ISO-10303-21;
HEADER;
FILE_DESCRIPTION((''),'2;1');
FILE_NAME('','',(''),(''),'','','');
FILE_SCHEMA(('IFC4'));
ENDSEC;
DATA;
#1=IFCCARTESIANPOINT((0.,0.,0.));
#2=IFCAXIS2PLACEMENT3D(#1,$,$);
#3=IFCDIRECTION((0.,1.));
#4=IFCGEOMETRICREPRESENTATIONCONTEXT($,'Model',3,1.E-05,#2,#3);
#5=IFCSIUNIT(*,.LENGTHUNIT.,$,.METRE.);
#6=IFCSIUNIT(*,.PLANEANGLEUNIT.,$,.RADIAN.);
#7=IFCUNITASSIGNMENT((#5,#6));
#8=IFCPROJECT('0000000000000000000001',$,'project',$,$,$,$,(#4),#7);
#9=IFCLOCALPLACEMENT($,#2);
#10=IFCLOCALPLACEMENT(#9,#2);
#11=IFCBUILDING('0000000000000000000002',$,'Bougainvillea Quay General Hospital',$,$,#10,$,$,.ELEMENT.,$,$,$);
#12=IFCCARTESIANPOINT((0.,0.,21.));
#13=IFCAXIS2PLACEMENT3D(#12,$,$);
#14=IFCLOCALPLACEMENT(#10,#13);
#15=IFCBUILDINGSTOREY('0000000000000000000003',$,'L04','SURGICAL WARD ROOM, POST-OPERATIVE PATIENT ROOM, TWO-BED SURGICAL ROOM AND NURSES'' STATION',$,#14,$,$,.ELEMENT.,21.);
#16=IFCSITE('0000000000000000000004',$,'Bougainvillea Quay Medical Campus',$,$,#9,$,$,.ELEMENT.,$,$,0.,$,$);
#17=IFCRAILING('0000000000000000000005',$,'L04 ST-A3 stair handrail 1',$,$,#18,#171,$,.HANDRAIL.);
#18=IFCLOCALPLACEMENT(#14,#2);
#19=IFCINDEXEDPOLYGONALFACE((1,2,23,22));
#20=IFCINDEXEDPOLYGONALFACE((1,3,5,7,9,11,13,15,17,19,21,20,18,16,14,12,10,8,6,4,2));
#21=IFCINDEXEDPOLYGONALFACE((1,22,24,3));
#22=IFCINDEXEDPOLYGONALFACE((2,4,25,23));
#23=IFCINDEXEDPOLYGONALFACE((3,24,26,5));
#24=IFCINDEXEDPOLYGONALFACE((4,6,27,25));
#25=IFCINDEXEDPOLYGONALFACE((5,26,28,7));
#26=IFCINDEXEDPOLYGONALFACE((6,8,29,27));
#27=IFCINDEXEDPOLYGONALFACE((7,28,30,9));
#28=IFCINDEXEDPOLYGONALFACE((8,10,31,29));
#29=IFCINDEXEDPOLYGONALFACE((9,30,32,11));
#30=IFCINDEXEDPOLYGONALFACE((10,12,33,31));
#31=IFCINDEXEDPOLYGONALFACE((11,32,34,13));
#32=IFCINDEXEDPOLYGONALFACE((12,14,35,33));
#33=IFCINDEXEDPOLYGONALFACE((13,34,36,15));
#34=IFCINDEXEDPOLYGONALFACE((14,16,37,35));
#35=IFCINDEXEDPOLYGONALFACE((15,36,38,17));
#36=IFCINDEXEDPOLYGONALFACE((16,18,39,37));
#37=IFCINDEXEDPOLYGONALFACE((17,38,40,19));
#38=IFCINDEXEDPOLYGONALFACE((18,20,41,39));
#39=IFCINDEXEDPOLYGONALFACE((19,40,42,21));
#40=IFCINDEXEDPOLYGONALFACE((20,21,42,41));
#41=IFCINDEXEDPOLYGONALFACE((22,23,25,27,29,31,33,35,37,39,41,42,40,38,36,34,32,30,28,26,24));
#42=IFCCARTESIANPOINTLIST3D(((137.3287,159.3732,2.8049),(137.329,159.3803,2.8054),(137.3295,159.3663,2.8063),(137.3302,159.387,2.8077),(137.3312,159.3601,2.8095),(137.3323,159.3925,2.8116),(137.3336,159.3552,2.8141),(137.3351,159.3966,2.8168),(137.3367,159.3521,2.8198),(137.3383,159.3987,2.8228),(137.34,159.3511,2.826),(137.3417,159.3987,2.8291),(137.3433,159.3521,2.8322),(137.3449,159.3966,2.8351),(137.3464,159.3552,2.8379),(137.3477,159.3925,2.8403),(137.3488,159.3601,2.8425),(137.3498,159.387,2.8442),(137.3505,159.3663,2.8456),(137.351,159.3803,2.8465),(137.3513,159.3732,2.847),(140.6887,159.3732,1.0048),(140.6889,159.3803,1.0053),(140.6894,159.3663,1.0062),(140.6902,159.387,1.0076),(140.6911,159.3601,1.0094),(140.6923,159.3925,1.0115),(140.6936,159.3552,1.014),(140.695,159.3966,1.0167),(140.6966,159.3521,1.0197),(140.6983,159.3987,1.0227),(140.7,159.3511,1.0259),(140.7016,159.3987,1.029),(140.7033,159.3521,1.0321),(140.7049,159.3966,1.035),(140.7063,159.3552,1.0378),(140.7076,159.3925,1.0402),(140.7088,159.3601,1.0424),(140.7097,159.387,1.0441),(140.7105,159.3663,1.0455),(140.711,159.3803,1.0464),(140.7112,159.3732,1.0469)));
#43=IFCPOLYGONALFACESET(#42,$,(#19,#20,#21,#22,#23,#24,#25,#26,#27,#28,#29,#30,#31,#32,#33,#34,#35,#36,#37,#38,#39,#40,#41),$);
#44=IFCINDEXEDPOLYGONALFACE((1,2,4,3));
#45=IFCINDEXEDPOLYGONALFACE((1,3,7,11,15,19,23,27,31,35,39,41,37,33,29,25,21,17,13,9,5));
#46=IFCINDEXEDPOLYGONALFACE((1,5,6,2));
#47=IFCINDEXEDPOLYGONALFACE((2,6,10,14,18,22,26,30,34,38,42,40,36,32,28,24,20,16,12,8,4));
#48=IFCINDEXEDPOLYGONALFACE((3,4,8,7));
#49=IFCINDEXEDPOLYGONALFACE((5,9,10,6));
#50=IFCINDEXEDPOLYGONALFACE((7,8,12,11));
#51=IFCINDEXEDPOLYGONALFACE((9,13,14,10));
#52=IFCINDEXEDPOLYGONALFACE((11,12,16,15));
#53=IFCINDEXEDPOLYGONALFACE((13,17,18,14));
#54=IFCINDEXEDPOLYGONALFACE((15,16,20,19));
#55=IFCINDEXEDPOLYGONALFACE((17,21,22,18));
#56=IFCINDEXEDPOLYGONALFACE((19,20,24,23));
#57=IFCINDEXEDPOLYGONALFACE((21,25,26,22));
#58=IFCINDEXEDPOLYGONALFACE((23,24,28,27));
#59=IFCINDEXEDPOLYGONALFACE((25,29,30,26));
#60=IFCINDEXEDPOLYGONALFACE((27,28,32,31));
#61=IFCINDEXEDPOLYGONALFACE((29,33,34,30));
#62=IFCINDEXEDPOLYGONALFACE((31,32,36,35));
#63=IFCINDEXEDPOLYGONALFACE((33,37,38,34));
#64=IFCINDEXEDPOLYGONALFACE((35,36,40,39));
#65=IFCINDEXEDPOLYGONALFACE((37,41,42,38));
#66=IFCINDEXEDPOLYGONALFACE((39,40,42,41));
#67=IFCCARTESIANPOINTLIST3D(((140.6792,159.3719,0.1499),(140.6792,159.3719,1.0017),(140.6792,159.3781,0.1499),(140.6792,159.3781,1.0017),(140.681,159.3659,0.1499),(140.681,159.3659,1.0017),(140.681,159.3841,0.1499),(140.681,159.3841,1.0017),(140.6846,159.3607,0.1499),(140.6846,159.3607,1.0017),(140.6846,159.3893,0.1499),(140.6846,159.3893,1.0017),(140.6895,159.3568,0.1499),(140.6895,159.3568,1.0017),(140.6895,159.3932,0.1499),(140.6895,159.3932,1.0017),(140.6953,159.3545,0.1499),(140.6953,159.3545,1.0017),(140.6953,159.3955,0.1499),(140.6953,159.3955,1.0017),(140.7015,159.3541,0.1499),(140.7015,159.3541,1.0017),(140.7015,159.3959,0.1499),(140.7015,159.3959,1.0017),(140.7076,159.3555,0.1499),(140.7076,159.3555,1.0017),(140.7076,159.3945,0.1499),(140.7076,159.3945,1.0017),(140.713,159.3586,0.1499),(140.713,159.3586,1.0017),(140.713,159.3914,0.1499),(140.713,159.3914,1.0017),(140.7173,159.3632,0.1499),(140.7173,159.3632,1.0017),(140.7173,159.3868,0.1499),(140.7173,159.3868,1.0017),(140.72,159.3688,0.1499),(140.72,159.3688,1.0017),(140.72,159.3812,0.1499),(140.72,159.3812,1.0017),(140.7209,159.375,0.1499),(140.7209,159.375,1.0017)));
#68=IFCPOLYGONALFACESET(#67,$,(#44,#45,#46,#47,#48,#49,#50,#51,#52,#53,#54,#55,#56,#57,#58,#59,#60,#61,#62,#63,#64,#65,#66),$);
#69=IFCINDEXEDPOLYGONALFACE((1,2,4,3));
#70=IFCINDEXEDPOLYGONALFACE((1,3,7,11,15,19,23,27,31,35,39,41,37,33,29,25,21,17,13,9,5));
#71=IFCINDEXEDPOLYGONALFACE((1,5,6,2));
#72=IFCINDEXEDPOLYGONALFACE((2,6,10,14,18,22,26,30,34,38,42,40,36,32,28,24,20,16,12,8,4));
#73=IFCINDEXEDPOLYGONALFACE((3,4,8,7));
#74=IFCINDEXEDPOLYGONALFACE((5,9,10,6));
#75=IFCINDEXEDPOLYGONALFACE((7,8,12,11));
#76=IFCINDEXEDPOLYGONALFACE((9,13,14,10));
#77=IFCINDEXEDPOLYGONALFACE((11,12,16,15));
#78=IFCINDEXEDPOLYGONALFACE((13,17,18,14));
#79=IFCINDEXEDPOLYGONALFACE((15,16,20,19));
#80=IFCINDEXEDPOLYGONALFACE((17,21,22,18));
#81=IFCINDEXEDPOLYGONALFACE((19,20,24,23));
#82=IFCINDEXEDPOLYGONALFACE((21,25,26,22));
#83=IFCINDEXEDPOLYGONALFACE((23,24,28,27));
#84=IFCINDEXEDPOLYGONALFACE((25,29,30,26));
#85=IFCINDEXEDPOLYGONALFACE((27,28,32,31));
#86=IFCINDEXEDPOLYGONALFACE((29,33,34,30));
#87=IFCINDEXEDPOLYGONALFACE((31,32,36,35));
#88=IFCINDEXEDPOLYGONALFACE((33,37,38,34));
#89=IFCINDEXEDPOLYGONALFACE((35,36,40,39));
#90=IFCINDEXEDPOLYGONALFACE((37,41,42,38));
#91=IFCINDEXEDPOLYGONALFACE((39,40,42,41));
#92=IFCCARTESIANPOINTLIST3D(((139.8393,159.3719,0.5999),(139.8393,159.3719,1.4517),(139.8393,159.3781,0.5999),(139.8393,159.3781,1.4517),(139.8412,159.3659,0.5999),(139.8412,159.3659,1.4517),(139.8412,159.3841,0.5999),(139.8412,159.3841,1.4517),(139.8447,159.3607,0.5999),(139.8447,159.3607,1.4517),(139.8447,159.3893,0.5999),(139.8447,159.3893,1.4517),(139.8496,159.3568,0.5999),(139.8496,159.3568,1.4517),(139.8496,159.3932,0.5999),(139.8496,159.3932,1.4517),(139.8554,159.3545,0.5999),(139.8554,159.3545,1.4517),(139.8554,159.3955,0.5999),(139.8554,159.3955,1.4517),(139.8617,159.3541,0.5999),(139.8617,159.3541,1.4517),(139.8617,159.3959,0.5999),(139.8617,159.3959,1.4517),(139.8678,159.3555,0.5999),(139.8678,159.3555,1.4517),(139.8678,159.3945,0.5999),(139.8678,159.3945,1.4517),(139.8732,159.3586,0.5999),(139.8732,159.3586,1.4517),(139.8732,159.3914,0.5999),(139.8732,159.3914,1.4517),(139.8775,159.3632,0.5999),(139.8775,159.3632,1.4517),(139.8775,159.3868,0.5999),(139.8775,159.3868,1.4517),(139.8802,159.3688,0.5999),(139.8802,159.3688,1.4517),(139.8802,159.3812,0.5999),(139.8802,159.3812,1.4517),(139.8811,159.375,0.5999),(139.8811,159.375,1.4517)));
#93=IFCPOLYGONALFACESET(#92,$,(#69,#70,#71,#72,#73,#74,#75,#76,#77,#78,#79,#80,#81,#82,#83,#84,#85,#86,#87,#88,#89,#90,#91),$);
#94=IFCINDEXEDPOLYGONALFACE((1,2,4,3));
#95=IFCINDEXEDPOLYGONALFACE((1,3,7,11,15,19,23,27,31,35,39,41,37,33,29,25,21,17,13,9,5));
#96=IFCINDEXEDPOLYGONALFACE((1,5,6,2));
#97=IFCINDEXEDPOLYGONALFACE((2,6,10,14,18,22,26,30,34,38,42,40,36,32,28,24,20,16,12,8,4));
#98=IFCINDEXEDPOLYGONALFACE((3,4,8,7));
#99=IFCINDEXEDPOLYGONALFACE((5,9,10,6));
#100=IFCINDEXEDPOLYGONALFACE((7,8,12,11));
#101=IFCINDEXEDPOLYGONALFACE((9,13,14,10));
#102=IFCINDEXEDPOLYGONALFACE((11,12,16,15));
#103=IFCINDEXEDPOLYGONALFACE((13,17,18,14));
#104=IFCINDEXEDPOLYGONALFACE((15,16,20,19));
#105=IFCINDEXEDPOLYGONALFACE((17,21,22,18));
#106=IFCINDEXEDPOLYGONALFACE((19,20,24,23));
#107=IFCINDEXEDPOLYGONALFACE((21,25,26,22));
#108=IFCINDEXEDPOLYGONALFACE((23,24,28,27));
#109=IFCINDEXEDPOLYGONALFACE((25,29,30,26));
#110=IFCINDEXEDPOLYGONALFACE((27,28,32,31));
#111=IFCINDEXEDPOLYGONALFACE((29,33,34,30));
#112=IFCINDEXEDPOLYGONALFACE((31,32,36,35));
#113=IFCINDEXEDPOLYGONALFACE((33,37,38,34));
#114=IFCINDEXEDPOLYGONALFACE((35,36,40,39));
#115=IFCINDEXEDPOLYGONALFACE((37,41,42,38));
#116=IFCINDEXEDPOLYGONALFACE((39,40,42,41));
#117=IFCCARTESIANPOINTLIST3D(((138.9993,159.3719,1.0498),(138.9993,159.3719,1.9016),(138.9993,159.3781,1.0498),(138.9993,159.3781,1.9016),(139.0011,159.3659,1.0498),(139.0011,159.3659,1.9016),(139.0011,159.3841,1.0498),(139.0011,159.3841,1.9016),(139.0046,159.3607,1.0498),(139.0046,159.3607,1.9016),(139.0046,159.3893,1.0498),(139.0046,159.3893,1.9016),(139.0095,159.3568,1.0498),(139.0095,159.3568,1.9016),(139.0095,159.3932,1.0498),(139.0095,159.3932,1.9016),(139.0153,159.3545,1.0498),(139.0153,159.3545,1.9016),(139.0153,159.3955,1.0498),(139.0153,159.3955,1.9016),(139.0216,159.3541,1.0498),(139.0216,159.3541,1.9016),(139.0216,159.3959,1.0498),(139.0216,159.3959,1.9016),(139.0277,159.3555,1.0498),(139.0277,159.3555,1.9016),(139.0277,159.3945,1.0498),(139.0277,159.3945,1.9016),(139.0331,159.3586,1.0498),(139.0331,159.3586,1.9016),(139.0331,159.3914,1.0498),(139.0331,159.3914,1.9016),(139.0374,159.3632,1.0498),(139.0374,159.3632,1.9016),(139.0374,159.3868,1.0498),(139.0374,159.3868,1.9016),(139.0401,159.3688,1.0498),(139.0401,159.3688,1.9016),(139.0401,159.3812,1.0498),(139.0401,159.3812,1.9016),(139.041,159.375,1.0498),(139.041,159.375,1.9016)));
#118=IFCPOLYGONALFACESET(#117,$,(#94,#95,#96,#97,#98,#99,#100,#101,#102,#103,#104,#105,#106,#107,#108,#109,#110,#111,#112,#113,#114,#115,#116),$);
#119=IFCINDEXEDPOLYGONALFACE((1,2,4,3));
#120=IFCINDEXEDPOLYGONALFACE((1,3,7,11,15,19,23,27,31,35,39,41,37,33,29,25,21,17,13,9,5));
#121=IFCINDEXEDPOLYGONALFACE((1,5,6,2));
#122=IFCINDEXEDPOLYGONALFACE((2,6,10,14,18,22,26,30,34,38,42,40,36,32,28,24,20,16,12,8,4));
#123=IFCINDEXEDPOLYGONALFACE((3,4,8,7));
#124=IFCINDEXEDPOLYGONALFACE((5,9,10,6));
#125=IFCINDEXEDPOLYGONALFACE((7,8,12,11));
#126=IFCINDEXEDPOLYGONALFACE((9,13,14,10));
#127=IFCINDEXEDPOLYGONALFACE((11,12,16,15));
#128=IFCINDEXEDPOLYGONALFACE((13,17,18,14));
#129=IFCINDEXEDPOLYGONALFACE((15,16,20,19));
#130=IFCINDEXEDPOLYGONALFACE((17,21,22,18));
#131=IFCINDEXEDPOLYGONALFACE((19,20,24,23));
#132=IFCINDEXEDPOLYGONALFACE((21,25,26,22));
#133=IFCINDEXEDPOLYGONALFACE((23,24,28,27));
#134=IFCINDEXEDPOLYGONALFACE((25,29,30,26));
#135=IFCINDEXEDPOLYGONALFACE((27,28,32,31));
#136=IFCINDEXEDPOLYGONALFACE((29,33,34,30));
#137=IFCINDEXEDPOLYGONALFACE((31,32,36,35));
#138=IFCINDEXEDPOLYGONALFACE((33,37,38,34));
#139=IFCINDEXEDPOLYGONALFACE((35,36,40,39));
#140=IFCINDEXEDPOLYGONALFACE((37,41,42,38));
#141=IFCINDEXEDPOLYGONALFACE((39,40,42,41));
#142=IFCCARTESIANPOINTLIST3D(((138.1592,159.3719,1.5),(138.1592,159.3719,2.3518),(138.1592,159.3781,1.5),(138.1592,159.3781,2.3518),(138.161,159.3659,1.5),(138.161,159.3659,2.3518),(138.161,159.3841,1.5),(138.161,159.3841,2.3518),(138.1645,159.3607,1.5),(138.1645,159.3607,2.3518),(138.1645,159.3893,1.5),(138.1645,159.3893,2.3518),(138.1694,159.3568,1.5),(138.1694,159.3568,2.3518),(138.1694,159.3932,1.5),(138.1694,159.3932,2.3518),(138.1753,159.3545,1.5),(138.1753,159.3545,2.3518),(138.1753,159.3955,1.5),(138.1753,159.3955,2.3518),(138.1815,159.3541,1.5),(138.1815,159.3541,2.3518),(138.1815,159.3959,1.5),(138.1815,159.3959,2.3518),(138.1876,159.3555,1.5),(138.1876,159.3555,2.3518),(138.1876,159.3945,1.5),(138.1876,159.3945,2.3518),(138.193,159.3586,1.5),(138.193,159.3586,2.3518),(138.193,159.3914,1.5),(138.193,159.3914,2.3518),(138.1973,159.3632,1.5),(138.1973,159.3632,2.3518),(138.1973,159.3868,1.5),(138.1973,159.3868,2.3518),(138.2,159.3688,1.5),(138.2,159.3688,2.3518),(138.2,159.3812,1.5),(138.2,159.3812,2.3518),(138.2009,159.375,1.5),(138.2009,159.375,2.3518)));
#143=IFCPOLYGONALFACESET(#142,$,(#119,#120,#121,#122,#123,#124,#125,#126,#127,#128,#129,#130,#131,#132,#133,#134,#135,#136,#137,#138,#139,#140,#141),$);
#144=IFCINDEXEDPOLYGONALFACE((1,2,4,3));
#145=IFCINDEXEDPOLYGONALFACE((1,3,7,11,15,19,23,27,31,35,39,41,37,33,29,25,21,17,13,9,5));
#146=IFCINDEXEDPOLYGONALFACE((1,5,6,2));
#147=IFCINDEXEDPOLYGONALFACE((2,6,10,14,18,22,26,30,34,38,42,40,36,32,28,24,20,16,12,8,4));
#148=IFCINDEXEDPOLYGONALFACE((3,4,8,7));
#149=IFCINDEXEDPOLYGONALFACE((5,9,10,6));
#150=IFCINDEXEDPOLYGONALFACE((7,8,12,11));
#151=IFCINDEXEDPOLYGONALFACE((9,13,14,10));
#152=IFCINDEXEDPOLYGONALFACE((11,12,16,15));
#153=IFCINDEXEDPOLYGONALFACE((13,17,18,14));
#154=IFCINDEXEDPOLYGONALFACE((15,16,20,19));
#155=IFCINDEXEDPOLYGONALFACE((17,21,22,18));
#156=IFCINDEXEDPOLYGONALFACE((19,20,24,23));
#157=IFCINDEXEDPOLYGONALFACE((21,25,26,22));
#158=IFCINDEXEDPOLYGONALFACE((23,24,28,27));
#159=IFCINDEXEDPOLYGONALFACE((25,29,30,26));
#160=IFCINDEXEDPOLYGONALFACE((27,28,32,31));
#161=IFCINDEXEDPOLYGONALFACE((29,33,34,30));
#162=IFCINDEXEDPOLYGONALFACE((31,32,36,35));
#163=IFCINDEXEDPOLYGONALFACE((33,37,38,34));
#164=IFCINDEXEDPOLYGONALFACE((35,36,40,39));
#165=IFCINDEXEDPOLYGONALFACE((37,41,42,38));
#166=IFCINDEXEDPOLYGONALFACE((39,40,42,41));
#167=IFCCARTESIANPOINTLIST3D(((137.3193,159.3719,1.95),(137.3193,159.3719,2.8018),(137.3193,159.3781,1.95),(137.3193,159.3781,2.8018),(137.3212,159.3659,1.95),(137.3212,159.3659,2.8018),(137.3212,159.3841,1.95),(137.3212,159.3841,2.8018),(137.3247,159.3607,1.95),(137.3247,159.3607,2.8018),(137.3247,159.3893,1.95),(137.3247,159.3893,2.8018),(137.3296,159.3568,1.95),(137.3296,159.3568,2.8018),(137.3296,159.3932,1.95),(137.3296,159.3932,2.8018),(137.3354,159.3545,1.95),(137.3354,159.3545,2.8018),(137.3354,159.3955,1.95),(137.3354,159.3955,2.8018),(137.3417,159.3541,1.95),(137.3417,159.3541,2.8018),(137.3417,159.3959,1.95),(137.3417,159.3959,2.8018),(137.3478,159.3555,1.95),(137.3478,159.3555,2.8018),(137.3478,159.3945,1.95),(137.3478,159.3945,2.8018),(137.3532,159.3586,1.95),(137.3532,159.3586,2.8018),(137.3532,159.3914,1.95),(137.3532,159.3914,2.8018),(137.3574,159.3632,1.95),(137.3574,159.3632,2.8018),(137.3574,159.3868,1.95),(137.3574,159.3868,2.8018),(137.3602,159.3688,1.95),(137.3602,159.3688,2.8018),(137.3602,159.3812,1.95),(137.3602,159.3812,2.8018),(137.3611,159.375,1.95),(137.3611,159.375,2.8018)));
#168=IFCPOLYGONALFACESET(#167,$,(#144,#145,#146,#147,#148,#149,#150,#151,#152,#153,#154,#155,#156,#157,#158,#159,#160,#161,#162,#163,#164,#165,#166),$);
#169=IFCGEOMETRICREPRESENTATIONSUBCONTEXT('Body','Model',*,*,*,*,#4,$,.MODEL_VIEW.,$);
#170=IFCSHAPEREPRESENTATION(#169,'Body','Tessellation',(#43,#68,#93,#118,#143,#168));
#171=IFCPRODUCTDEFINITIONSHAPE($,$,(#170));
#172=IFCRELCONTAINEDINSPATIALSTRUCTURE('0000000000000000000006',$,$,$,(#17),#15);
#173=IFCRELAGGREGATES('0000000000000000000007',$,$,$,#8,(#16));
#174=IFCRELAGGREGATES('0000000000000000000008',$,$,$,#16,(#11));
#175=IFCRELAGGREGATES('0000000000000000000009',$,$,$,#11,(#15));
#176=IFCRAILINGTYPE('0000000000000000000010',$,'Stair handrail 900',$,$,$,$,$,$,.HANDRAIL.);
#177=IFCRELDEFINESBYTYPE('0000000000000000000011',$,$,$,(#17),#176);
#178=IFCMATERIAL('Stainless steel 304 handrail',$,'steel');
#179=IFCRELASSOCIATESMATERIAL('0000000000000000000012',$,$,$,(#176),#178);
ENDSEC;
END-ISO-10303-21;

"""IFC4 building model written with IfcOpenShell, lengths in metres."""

from ifc_helpers import new_model, si_unit, direction, frame, origin, origin_2d, place, context, subcontext, project, spatial, circle, extrude, material, type_object, element, save


model = new_model("IFC4")

# Units and contexts
model_context = context("Model", 3, precision=1e-05, world=origin(), true_north=direction((0.0, 1.0)))
body_context = subcontext(model_context, "Body", "Model", "MODEL_VIEW")
ifc_project = project(units=[si_unit("LENGTHUNIT", "METRE"), si_unit("PLANEANGLEUNIT", "RADIAN")], contexts=[model_context])

# Site, building, storey
site_placement = place(None, origin())
site = spatial("IfcSite", under=ifc_project, at=site_placement, Name="Bougainvillea Quay Medical Campus", CompositionType="ELEMENT", RefElevation=0.0)
building_placement = place(site_placement, origin())
building = spatial("IfcBuilding", under=site, at=building_placement, Name="Bougainvillea Quay General Hospital", CompositionType="ELEMENT")
storey_placement = place(building_placement, frame((0.0, 0.0, 21.0)))
storey = spatial("IfcBuildingStorey", under=building, at=storey_placement, Name="L04", Description="SURGICAL WARD ROOM, POST-OPERATIVE PATIENT ROOM, TWO-BED SURGICAL ROOM AND NURSES' STATION", CompositionType="ELEMENT", Elevation=21.0)

# Railing
ifc_material_1 = material(Name="Stainless steel 304 handrail", Category="steel")
railing_type_1 = type_object("IfcRailingType", Name="Stair handrail 900", PredefinedType="HANDRAIL", material=ifc_material_1)
railing_1_placement = place(storey_placement, frame((140.7, 159.375, 0.1499)))
element("IfcRailing", 1, at=railing_1_placement, inside=storey, type_object=railing_type_1, Name="L04 ST-A3 stair handrail 1", PredefinedType="HANDRAIL", context=body_context, shape_type="SweptSolid", body=[
    extrude(circle(Radius=0.0239, at=origin_2d()), frame((0.0, 0.0, 0.876), z_axis=(-0.881467, 0.0, 0.472246), x_axis=(0.0, -1.0, 0.0)), (0.0, 0.0, 1.0), 3.8118),
    extrude(circle(Radius=0.021, at=origin_2d()), origin(), (0.0, 0.0, 1.0), 0.8518),
    extrude(circle(Radius=0.021, at=origin_2d()), frame((-0.8398, 0.0, 0.45)), (0.0, 0.0, 1.0), 0.8518),
    extrude(circle(Radius=0.021, at=origin_2d()), frame((-1.6799, 0.0, 0.8999)), (0.0, 0.0, 1.0), 0.8518),
    extrude(circle(Radius=0.021, at=origin_2d()), frame((-2.52, 0.0, 1.3501)), (0.0, 0.0, 1.0), 0.8518),
    extrude(circle(Radius=0.021, at=origin_2d()), frame((-3.3599, 0.0, 1.8)), (0.0, 0.0, 1.0), 0.8518),
])

save(model, "model.ifc")
